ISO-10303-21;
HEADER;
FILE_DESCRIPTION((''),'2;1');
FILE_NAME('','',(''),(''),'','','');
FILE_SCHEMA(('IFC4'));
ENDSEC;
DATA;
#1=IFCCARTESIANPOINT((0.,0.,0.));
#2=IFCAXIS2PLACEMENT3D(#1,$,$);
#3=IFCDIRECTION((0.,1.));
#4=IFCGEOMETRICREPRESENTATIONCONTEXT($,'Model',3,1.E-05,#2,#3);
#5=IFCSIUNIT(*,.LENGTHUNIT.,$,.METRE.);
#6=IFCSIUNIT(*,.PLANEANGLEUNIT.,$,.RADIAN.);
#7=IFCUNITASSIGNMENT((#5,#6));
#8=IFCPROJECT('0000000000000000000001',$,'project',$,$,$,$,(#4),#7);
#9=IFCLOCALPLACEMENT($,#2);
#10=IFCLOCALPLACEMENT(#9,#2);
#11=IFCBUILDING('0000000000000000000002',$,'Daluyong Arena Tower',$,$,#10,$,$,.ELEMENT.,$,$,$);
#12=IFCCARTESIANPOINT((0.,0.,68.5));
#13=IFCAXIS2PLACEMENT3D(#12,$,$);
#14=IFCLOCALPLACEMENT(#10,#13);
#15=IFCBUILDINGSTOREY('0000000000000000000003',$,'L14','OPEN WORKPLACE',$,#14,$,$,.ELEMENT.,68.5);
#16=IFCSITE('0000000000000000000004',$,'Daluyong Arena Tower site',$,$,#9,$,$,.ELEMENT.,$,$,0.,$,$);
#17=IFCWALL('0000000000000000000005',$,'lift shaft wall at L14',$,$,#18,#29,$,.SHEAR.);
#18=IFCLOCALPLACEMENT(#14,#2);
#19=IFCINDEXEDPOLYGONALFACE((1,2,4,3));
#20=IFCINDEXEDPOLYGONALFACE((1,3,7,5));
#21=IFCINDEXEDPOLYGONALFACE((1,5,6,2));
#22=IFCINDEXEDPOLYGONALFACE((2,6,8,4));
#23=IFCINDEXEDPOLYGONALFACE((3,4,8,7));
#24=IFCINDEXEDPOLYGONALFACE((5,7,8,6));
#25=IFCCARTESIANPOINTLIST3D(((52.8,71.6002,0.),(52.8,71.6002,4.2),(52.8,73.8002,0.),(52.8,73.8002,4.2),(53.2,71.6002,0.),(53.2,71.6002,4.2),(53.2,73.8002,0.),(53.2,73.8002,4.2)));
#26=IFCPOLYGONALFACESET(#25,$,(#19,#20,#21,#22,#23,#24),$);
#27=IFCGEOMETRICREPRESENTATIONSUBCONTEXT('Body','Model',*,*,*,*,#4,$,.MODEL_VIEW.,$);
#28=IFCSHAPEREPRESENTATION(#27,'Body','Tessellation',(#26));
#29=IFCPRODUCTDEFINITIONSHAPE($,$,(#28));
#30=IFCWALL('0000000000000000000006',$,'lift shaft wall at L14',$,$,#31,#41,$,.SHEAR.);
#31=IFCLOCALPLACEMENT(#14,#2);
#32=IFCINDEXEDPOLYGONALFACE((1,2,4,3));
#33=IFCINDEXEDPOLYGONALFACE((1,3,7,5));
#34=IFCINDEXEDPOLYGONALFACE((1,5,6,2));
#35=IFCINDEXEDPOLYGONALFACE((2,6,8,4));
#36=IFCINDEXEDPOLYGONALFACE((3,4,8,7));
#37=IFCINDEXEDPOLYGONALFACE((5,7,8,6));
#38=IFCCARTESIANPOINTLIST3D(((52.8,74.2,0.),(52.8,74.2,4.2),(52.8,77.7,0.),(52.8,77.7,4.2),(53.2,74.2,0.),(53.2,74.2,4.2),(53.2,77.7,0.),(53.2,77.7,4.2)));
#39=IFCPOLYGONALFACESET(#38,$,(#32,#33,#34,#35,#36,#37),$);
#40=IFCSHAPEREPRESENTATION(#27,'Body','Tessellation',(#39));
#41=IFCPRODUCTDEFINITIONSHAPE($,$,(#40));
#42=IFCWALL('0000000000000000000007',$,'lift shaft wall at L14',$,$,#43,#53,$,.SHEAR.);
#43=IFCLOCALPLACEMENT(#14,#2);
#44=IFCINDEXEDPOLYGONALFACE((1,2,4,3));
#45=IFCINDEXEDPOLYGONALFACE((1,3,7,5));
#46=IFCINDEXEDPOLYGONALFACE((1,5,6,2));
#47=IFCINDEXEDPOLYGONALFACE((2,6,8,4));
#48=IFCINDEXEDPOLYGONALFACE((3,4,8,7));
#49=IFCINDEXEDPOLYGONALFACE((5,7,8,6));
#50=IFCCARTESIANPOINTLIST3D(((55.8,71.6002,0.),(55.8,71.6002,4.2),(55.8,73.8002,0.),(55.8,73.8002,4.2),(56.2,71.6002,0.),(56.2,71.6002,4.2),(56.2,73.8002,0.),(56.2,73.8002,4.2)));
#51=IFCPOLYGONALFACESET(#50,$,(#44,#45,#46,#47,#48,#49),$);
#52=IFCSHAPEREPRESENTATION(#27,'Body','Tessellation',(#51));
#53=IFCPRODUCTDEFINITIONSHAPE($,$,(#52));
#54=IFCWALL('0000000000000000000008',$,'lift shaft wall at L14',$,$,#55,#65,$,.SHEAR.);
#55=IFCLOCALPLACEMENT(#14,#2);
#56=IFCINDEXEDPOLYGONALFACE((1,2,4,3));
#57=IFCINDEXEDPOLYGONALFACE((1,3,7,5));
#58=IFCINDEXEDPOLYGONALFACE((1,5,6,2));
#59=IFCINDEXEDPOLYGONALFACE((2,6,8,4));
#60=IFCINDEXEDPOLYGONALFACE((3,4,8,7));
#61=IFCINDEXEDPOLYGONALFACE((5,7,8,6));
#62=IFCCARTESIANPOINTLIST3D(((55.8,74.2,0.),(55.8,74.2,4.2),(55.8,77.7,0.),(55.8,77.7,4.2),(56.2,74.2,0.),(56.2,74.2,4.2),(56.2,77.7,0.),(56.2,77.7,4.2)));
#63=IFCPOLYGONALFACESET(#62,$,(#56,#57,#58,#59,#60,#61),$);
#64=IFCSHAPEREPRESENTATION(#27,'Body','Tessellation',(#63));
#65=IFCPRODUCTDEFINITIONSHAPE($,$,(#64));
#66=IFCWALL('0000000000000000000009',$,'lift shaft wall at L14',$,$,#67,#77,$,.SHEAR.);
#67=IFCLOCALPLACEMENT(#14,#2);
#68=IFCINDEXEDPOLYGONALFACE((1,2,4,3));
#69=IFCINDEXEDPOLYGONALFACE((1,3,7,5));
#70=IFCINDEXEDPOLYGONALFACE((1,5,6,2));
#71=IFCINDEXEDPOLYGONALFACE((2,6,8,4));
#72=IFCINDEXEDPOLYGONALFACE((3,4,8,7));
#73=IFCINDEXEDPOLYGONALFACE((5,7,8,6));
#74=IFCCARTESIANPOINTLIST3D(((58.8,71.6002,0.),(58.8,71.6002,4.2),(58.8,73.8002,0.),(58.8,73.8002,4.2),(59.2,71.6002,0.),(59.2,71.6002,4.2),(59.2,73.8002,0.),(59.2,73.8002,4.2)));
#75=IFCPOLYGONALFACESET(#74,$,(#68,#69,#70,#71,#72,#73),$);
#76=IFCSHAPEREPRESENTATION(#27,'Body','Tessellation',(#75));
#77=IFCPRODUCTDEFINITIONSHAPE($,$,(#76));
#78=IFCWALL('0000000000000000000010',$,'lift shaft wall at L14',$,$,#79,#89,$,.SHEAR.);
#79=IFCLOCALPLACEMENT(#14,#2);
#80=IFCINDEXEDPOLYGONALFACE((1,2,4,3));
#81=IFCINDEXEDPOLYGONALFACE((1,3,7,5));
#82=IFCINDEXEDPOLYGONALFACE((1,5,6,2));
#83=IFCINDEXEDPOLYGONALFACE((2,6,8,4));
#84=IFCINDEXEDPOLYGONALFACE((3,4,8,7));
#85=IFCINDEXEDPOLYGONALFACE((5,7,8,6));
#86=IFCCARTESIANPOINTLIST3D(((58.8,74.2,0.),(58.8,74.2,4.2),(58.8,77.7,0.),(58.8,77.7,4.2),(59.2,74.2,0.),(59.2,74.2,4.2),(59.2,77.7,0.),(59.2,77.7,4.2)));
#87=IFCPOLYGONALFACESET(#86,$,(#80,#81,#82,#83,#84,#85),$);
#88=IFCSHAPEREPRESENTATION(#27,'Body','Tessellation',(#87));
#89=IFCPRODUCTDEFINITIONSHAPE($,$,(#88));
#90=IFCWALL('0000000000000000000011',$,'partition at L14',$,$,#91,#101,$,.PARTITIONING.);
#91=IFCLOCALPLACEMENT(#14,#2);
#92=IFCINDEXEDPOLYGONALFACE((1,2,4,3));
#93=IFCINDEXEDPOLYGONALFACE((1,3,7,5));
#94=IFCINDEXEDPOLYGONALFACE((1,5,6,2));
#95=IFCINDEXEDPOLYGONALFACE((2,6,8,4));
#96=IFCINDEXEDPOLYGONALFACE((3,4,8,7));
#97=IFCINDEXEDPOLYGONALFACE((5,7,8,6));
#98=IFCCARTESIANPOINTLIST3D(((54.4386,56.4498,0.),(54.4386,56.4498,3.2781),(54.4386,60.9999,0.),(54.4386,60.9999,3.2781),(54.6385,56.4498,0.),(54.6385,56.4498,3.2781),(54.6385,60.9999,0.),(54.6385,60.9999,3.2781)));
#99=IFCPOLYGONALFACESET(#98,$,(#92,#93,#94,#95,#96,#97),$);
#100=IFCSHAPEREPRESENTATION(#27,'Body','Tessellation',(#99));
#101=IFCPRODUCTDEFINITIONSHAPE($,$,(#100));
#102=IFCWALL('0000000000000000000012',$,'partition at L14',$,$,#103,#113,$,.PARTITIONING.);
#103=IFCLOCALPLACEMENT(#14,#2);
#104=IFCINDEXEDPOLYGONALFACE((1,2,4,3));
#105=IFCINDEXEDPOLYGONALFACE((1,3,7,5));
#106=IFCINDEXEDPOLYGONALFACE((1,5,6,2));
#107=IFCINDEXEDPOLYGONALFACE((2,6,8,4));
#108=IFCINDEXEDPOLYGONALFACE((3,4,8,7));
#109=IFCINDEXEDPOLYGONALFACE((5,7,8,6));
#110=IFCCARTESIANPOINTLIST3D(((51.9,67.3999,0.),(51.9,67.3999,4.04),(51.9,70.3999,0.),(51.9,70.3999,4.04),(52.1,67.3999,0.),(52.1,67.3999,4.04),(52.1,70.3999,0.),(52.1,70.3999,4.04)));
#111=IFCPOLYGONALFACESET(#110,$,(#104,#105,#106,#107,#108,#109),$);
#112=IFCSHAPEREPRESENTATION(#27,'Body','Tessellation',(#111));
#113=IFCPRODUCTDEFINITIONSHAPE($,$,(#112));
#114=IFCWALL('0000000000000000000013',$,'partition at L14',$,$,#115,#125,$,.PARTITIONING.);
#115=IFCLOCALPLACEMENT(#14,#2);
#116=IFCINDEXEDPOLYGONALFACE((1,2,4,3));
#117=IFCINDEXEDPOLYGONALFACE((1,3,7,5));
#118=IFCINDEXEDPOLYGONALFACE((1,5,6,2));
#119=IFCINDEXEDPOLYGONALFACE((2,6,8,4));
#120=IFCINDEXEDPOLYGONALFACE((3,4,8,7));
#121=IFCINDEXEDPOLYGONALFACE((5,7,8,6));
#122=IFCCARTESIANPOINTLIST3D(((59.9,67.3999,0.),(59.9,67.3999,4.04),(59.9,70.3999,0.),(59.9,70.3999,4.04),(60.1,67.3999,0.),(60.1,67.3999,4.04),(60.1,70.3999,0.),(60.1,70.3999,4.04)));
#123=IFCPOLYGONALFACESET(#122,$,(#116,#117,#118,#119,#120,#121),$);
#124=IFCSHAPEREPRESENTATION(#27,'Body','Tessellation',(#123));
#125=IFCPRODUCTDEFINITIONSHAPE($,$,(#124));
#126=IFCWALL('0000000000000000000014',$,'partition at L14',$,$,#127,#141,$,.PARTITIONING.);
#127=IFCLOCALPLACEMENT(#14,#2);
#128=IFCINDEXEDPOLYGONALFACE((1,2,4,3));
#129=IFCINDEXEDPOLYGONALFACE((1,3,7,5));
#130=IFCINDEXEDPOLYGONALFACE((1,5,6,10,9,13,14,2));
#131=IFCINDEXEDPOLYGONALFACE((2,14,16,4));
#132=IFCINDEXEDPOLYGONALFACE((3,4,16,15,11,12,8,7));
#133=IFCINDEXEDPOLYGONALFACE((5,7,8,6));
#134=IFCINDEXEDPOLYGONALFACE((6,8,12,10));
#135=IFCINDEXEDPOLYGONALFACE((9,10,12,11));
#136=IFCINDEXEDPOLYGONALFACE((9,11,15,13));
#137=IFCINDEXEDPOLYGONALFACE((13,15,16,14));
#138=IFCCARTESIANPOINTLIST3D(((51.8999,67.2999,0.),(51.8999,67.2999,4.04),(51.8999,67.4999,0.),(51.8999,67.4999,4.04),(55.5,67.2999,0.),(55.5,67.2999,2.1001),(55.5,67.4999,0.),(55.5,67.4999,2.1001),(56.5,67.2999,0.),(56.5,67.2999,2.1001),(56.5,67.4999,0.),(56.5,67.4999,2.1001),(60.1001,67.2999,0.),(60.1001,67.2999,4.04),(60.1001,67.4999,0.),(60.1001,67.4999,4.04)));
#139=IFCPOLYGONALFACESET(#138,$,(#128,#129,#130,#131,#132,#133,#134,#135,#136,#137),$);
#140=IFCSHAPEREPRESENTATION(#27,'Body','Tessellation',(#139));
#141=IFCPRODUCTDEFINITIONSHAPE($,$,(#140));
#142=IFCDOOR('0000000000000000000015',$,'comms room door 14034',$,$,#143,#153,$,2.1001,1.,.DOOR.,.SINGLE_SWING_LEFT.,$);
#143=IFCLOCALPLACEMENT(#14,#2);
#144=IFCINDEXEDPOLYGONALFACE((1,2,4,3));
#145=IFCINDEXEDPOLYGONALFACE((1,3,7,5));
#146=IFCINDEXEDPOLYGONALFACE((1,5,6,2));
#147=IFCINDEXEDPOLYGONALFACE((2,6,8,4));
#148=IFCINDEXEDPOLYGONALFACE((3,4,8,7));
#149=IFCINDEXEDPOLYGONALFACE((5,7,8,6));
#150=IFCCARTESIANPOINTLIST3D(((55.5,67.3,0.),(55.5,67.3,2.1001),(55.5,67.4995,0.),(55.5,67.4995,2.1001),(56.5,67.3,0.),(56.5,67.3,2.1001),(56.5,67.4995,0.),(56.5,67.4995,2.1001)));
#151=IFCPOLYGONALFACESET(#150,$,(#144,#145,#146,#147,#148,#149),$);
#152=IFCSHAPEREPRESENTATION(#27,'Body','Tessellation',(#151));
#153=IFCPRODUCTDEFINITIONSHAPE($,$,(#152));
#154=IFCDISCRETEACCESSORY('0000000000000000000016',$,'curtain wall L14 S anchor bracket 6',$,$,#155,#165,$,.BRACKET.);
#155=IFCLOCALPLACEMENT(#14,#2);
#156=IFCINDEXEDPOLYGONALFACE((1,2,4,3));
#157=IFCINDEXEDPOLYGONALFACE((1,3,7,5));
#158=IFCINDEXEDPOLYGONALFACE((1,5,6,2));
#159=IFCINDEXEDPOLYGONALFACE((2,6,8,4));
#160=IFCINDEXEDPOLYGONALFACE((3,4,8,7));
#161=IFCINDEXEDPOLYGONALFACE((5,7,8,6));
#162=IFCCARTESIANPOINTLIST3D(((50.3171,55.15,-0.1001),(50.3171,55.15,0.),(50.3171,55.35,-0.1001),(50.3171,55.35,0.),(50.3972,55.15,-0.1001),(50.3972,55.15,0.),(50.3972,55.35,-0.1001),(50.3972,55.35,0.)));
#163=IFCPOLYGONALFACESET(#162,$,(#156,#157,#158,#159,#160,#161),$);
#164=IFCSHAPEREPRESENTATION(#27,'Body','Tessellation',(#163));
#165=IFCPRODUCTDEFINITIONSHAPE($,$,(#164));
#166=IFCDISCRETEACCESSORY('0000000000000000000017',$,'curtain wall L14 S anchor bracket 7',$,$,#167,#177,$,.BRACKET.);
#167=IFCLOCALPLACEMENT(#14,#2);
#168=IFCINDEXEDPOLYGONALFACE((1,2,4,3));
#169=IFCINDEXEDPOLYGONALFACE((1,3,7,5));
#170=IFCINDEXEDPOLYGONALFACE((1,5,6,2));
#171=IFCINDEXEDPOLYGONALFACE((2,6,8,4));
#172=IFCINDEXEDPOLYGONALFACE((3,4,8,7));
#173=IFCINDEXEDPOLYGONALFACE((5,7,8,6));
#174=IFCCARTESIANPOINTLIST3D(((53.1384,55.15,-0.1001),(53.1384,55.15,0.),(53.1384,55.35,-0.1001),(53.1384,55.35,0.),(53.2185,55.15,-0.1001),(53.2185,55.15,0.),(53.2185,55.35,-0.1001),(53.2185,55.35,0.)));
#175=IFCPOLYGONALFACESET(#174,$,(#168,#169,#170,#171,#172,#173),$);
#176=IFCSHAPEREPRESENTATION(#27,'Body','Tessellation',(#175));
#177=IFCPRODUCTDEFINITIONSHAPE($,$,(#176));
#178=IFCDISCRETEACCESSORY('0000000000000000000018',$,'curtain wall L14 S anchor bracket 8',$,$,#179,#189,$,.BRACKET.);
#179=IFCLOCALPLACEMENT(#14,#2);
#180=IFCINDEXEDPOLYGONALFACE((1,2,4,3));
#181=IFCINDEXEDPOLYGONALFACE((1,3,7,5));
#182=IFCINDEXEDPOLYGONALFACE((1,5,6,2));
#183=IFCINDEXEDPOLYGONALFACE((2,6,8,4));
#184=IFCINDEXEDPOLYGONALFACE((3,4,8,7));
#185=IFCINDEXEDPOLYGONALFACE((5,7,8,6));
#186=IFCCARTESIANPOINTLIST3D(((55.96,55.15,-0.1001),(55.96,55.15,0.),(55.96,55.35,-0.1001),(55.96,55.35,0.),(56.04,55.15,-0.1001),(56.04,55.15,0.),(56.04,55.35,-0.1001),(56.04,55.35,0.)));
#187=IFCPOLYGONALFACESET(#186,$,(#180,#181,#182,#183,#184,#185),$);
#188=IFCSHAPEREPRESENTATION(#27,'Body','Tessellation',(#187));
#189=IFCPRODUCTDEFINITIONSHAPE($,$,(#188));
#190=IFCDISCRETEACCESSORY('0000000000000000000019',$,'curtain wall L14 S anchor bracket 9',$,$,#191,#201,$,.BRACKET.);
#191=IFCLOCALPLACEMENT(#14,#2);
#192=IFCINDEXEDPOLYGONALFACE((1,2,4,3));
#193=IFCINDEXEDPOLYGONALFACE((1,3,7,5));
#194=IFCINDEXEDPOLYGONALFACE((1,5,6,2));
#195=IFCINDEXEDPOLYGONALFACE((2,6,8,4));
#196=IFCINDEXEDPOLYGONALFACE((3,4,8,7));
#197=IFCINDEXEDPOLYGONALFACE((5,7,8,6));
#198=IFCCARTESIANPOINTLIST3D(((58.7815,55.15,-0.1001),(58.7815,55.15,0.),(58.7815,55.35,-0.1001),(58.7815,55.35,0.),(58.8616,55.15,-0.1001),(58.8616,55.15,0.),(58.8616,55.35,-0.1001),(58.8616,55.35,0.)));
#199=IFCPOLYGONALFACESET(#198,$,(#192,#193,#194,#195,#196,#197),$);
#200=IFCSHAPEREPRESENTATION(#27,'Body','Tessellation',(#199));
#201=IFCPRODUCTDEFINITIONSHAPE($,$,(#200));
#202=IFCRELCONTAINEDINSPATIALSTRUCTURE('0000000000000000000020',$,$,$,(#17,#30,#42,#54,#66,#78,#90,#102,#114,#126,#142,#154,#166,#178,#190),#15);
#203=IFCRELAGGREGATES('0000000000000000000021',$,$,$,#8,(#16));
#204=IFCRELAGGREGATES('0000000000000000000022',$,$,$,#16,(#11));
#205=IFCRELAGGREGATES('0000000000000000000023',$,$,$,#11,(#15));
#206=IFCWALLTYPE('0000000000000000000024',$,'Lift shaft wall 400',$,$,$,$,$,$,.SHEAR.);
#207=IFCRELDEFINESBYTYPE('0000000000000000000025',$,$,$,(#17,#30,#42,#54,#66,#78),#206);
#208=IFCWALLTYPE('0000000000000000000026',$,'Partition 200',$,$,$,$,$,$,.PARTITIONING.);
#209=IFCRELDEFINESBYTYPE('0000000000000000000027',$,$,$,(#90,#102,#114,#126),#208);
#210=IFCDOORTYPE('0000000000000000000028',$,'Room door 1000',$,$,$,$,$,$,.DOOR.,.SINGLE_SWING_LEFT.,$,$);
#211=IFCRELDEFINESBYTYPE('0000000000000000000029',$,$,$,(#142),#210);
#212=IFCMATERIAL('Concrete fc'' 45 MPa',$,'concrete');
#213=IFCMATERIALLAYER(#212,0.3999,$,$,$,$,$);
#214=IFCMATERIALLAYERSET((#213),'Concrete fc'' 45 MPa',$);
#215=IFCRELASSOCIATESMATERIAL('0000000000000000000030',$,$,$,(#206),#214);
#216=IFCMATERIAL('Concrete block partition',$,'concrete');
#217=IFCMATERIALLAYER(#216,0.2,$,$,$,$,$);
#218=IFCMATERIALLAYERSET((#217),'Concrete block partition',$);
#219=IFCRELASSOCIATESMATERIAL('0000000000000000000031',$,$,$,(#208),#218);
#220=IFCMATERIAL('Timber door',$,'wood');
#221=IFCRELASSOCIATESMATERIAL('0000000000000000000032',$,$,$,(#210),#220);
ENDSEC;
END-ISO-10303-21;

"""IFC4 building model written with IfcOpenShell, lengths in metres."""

from ifc_helpers import new_model, si_unit, direction, frame, frame_2d, origin, origin_2d, place, context, subcontext, project, spatial, rectangle, extrude, material, layer, layer_set, type_object, element, fill, save


model = new_model("IFC4")

# Units and contexts
model_context = context("Model", 3, precision=1e-05, world=origin(), true_north=direction((0.0, 1.0)))
body_context = subcontext(model_context, "Body", "Model", "MODEL_VIEW")
ifc_project = project(units=[si_unit("LENGTHUNIT", "METRE"), si_unit("PLANEANGLEUNIT", "RADIAN")], contexts=[model_context])

# Site, building, storey
site_placement = place(None, origin())
site = spatial("IfcSite", under=ifc_project, at=site_placement, Name="Daluyong Arena Tower site", CompositionType="ELEMENT", RefElevation=0.0)
building_placement = place(site_placement, origin())
building = spatial("IfcBuilding", under=site, at=building_placement, Name="Daluyong Arena Tower", CompositionType="ELEMENT")
storey_placement = place(building_placement, frame((0.0, 0.0, 68.5)))
storey = spatial("IfcBuildingStorey", under=building, at=storey_placement, Name="L14", Description="OPEN WORKPLACE", CompositionType="ELEMENT", Elevation=68.5)

# Walls
ifc_material_1 = material(Name="Concrete fc' 45 MPa", Category="concrete")
ifc_layer_1 = layer(ifc_material_1, 0.3999)
ifc_layer_set_1 = layer_set([ifc_layer_1], Name="Concrete fc' 45 MPa")
wall_type_1 = type_object("IfcWallType", Name="Lift shaft wall 400", PredefinedType="SHEAR", material=ifc_layer_set_1)
wall_1_placement = place(storey_placement, frame((53.0, 71.6001, 0.0), z_axis=(0.0, 0.0, 1.0), x_axis=(0.0, 1.0, 0.0)))
element("IfcWall", 1, at=wall_1_placement, inside=storey, type_object=wall_type_1, Name="lift shaft wall at L14", PredefinedType="SHEAR", context=body_context, shape_type="SweptSolid", body=[
    extrude(rectangle(XDim=2.2, YDim=0.3999, at=frame_2d((1.1001, 0.0))), origin(), (0.0, 0.0, 1.0), 4.2),
])
wall_2_placement = place(storey_placement, frame((53.0, 74.2, 0.0), z_axis=(0.0, 0.0, 1.0), x_axis=(0.0, 1.0, 0.0)))
element("IfcWall", 2, at=wall_2_placement, inside=storey, type_object=wall_type_1, Name="lift shaft wall at L14", PredefinedType="SHEAR", context=body_context, shape_type="SweptSolid", body=[
    extrude(rectangle(XDim=3.5, YDim=0.3999, at=frame_2d((1.75, 0.0))), origin(), (0.0, 0.0, 1.0), 4.2),
])
wall_3_placement = place(storey_placement, frame((56.0, 71.6001, 0.0), z_axis=(0.0, 0.0, 1.0), x_axis=(0.0, 1.0, 0.0)))
element("IfcWall", 3, at=wall_3_placement, inside=storey, type_object=wall_type_1, Name="lift shaft wall at L14", PredefinedType="SHEAR", context=body_context, shape_type="SweptSolid", body=[
    extrude(rectangle(XDim=2.2, YDim=0.3999, at=frame_2d((1.1001, 0.0))), origin(), (0.0, 0.0, 1.0), 4.2),
])
wall_4_placement = place(storey_placement, frame((56.0, 74.2, 0.0), z_axis=(0.0, 0.0, 1.0), x_axis=(0.0, 1.0, 0.0)))
element("IfcWall", 4, at=wall_4_placement, inside=storey, type_object=wall_type_1, Name="lift shaft wall at L14", PredefinedType="SHEAR", context=body_context, shape_type="SweptSolid", body=[
    extrude(rectangle(XDim=3.5, YDim=0.3999, at=frame_2d((1.75, 0.0))), origin(), (0.0, 0.0, 1.0), 4.2),
])
wall_5_placement = place(storey_placement, frame((59.0, 71.6001, 0.0), z_axis=(0.0, 0.0, 1.0), x_axis=(0.0, 1.0, 0.0)))
element("IfcWall", 5, at=wall_5_placement, inside=storey, type_object=wall_type_1, Name="lift shaft wall at L14", PredefinedType="SHEAR", context=body_context, shape_type="SweptSolid", body=[
    extrude(rectangle(XDim=2.2, YDim=0.3999, at=frame_2d((1.1001, 0.0))), origin(), (0.0, 0.0, 1.0), 4.2),
])
wall_6_placement = place(storey_placement, frame((59.0, 74.2, 0.0), z_axis=(0.0, 0.0, 1.0), x_axis=(0.0, 1.0, 0.0)))
element("IfcWall", 6, at=wall_6_placement, inside=storey, type_object=wall_type_1, Name="lift shaft wall at L14", PredefinedType="SHEAR", context=body_context, shape_type="SweptSolid", body=[
    extrude(rectangle(XDim=3.5, YDim=0.3999, at=frame_2d((1.75, 0.0))), origin(), (0.0, 0.0, 1.0), 4.2),
])
ifc_material_2 = material(Name="Concrete block partition", Category="concrete")
ifc_layer_2 = layer(ifc_material_2, 0.2)
ifc_layer_set_2 = layer_set([ifc_layer_2], Name="Concrete block partition")
wall_type_2 = type_object("IfcWallType", Name="Partition 200", PredefinedType="PARTITIONING", material=ifc_layer_set_2)
wall_7_placement = place(storey_placement, frame((54.5386, 56.45, 0.0), z_axis=(0.0, 0.0, 1.0), x_axis=(0.0, 1.0, 0.0)))
element("IfcWall", 7, at=wall_7_placement, inside=storey, type_object=wall_type_2, Name="partition at L14", PredefinedType="PARTITIONING", context=body_context, shape_type="SweptSolid", body=[
    extrude(rectangle(XDim=4.55, YDim=0.2, at=frame_2d((2.2749, 0.0))), origin(), (0.0, 0.0, 1.0), 3.2781),
])
for number, where, z_axis, x_axis, name in (
    (8, (52.0, 67.3999, 0.0), (0.0, 0.0, 1.0), (0.0, 1.0, 0.0), "partition at L14"),
    (9, (60.0, 67.3999, 0.0), (0.0, 0.0, 1.0), (0.0, 1.0, 0.0), "partition at L14"),
):
    element("IfcWall", number, at=place(storey_placement, frame(where, z_axis=z_axis, x_axis=x_axis)), inside=storey, type_object=wall_type_2, Name=name, PredefinedType="PARTITIONING", context=body_context, shape_type="SweptSolid", body=[
        extrude(rectangle(XDim=3.0, YDim=0.2, at=frame_2d((1.5, 0.0))), origin(), (0.0, 0.0, 1.0), 4.04),
    ])

# Wall, opening, door
wall_8_placement = place(storey_placement, frame((51.8999, 67.3999, 0.0), z_axis=(0.0, 0.0, 1.0), x_axis=(1.0, 0.0, 0.0)))
wall_8 = element("IfcWall", 10, at=wall_8_placement, inside=storey, type_object=wall_type_2, Name="partition at L14", PredefinedType="PARTITIONING", context=body_context, shape_type="SweptSolid", body=[
    extrude(rectangle(XDim=8.2002, YDim=0.2, at=frame_2d((4.1001, 0.0))), origin(), (0.0, 0.0, 1.0), 4.04),
])
opening_placement = place(wall_8_placement, frame((3.6001, 0.0, 0.0)))
opening = element("IfcOpeningElement", 11, at=opening_placement, cuts=wall_8, PredefinedType="OPENING", context=body_context, shape_type="SweptSolid", body=[
    extrude(rectangle(XDim=1.0, YDim=2.1001, at=frame_2d((0.5, 1.05))), frame((0.0, 0.1099, 0.0), z_axis=(0.0, -1.0, 0.0), x_axis=(1.0, 0.0, 0.0)), (0.0, 0.0, 1.0), 0.22),
])
ifc_material_3 = material(Name="Timber door", Category="wood")
door_type = type_object("IfcDoorType", Name="Room door 1000", OperationType="SINGLE_SWING_LEFT", PredefinedType="DOOR", material=ifc_material_3)
door_placement = place(opening_placement, origin())
door = element("IfcDoor", 12, at=door_placement, inside=storey, type_object=door_type, Name="comms room door 14034", OperationType="SINGLE_SWING_LEFT", OverallHeight=2.1001, OverallWidth=1.0, PredefinedType="DOOR", context=body_context, shape_type="SweptSolid", body=[
    extrude(rectangle(XDim=1.0, YDim=2.1001, at=frame_2d((0.5, 1.05))), frame((0.0, 0.0996, 0.0), z_axis=(0.0, -1.0, 0.0), x_axis=(1.0, 0.0, 0.0)), (0.0, 0.0, 1.0), 0.1995),
])
fill(opening, door)

# Discrete accessories
for number, where, z_axis, x_axis, name in (
    (13, (50.3572, 55.25, -0.1001), (0.0, 0.0, 1.0), (1.0, 0.0, 0.0), "curtain wall L14 S anchor bracket 6"),
    (14, (53.1785, 55.25, -0.1001), (0.0, 0.0, 1.0), (1.0, 0.0, 0.0), "curtain wall L14 S anchor bracket 7"),
    (15, (56.0, 55.25, -0.1001), (0.0, 0.0, 1.0), (1.0, 0.0, 0.0), "curtain wall L14 S anchor bracket 8"),
    (16, (58.8215, 55.25, -0.1001), (0.0, 0.0, 1.0), (1.0, 0.0, 0.0), "curtain wall L14 S anchor bracket 9"),
):
    element("IfcDiscreteAccessory", number, at=place(storey_placement, frame(where, z_axis=z_axis, x_axis=x_axis)), inside=storey, Name=name, PredefinedType="BRACKET", context=body_context, shape_type="SweptSolid", body=[
        extrude(rectangle(XDim=0.0801, YDim=0.2, at=origin_2d()), origin(), (0.0, 0.0, 1.0), 0.1001),
    ])

save(model, "model.ifc")
